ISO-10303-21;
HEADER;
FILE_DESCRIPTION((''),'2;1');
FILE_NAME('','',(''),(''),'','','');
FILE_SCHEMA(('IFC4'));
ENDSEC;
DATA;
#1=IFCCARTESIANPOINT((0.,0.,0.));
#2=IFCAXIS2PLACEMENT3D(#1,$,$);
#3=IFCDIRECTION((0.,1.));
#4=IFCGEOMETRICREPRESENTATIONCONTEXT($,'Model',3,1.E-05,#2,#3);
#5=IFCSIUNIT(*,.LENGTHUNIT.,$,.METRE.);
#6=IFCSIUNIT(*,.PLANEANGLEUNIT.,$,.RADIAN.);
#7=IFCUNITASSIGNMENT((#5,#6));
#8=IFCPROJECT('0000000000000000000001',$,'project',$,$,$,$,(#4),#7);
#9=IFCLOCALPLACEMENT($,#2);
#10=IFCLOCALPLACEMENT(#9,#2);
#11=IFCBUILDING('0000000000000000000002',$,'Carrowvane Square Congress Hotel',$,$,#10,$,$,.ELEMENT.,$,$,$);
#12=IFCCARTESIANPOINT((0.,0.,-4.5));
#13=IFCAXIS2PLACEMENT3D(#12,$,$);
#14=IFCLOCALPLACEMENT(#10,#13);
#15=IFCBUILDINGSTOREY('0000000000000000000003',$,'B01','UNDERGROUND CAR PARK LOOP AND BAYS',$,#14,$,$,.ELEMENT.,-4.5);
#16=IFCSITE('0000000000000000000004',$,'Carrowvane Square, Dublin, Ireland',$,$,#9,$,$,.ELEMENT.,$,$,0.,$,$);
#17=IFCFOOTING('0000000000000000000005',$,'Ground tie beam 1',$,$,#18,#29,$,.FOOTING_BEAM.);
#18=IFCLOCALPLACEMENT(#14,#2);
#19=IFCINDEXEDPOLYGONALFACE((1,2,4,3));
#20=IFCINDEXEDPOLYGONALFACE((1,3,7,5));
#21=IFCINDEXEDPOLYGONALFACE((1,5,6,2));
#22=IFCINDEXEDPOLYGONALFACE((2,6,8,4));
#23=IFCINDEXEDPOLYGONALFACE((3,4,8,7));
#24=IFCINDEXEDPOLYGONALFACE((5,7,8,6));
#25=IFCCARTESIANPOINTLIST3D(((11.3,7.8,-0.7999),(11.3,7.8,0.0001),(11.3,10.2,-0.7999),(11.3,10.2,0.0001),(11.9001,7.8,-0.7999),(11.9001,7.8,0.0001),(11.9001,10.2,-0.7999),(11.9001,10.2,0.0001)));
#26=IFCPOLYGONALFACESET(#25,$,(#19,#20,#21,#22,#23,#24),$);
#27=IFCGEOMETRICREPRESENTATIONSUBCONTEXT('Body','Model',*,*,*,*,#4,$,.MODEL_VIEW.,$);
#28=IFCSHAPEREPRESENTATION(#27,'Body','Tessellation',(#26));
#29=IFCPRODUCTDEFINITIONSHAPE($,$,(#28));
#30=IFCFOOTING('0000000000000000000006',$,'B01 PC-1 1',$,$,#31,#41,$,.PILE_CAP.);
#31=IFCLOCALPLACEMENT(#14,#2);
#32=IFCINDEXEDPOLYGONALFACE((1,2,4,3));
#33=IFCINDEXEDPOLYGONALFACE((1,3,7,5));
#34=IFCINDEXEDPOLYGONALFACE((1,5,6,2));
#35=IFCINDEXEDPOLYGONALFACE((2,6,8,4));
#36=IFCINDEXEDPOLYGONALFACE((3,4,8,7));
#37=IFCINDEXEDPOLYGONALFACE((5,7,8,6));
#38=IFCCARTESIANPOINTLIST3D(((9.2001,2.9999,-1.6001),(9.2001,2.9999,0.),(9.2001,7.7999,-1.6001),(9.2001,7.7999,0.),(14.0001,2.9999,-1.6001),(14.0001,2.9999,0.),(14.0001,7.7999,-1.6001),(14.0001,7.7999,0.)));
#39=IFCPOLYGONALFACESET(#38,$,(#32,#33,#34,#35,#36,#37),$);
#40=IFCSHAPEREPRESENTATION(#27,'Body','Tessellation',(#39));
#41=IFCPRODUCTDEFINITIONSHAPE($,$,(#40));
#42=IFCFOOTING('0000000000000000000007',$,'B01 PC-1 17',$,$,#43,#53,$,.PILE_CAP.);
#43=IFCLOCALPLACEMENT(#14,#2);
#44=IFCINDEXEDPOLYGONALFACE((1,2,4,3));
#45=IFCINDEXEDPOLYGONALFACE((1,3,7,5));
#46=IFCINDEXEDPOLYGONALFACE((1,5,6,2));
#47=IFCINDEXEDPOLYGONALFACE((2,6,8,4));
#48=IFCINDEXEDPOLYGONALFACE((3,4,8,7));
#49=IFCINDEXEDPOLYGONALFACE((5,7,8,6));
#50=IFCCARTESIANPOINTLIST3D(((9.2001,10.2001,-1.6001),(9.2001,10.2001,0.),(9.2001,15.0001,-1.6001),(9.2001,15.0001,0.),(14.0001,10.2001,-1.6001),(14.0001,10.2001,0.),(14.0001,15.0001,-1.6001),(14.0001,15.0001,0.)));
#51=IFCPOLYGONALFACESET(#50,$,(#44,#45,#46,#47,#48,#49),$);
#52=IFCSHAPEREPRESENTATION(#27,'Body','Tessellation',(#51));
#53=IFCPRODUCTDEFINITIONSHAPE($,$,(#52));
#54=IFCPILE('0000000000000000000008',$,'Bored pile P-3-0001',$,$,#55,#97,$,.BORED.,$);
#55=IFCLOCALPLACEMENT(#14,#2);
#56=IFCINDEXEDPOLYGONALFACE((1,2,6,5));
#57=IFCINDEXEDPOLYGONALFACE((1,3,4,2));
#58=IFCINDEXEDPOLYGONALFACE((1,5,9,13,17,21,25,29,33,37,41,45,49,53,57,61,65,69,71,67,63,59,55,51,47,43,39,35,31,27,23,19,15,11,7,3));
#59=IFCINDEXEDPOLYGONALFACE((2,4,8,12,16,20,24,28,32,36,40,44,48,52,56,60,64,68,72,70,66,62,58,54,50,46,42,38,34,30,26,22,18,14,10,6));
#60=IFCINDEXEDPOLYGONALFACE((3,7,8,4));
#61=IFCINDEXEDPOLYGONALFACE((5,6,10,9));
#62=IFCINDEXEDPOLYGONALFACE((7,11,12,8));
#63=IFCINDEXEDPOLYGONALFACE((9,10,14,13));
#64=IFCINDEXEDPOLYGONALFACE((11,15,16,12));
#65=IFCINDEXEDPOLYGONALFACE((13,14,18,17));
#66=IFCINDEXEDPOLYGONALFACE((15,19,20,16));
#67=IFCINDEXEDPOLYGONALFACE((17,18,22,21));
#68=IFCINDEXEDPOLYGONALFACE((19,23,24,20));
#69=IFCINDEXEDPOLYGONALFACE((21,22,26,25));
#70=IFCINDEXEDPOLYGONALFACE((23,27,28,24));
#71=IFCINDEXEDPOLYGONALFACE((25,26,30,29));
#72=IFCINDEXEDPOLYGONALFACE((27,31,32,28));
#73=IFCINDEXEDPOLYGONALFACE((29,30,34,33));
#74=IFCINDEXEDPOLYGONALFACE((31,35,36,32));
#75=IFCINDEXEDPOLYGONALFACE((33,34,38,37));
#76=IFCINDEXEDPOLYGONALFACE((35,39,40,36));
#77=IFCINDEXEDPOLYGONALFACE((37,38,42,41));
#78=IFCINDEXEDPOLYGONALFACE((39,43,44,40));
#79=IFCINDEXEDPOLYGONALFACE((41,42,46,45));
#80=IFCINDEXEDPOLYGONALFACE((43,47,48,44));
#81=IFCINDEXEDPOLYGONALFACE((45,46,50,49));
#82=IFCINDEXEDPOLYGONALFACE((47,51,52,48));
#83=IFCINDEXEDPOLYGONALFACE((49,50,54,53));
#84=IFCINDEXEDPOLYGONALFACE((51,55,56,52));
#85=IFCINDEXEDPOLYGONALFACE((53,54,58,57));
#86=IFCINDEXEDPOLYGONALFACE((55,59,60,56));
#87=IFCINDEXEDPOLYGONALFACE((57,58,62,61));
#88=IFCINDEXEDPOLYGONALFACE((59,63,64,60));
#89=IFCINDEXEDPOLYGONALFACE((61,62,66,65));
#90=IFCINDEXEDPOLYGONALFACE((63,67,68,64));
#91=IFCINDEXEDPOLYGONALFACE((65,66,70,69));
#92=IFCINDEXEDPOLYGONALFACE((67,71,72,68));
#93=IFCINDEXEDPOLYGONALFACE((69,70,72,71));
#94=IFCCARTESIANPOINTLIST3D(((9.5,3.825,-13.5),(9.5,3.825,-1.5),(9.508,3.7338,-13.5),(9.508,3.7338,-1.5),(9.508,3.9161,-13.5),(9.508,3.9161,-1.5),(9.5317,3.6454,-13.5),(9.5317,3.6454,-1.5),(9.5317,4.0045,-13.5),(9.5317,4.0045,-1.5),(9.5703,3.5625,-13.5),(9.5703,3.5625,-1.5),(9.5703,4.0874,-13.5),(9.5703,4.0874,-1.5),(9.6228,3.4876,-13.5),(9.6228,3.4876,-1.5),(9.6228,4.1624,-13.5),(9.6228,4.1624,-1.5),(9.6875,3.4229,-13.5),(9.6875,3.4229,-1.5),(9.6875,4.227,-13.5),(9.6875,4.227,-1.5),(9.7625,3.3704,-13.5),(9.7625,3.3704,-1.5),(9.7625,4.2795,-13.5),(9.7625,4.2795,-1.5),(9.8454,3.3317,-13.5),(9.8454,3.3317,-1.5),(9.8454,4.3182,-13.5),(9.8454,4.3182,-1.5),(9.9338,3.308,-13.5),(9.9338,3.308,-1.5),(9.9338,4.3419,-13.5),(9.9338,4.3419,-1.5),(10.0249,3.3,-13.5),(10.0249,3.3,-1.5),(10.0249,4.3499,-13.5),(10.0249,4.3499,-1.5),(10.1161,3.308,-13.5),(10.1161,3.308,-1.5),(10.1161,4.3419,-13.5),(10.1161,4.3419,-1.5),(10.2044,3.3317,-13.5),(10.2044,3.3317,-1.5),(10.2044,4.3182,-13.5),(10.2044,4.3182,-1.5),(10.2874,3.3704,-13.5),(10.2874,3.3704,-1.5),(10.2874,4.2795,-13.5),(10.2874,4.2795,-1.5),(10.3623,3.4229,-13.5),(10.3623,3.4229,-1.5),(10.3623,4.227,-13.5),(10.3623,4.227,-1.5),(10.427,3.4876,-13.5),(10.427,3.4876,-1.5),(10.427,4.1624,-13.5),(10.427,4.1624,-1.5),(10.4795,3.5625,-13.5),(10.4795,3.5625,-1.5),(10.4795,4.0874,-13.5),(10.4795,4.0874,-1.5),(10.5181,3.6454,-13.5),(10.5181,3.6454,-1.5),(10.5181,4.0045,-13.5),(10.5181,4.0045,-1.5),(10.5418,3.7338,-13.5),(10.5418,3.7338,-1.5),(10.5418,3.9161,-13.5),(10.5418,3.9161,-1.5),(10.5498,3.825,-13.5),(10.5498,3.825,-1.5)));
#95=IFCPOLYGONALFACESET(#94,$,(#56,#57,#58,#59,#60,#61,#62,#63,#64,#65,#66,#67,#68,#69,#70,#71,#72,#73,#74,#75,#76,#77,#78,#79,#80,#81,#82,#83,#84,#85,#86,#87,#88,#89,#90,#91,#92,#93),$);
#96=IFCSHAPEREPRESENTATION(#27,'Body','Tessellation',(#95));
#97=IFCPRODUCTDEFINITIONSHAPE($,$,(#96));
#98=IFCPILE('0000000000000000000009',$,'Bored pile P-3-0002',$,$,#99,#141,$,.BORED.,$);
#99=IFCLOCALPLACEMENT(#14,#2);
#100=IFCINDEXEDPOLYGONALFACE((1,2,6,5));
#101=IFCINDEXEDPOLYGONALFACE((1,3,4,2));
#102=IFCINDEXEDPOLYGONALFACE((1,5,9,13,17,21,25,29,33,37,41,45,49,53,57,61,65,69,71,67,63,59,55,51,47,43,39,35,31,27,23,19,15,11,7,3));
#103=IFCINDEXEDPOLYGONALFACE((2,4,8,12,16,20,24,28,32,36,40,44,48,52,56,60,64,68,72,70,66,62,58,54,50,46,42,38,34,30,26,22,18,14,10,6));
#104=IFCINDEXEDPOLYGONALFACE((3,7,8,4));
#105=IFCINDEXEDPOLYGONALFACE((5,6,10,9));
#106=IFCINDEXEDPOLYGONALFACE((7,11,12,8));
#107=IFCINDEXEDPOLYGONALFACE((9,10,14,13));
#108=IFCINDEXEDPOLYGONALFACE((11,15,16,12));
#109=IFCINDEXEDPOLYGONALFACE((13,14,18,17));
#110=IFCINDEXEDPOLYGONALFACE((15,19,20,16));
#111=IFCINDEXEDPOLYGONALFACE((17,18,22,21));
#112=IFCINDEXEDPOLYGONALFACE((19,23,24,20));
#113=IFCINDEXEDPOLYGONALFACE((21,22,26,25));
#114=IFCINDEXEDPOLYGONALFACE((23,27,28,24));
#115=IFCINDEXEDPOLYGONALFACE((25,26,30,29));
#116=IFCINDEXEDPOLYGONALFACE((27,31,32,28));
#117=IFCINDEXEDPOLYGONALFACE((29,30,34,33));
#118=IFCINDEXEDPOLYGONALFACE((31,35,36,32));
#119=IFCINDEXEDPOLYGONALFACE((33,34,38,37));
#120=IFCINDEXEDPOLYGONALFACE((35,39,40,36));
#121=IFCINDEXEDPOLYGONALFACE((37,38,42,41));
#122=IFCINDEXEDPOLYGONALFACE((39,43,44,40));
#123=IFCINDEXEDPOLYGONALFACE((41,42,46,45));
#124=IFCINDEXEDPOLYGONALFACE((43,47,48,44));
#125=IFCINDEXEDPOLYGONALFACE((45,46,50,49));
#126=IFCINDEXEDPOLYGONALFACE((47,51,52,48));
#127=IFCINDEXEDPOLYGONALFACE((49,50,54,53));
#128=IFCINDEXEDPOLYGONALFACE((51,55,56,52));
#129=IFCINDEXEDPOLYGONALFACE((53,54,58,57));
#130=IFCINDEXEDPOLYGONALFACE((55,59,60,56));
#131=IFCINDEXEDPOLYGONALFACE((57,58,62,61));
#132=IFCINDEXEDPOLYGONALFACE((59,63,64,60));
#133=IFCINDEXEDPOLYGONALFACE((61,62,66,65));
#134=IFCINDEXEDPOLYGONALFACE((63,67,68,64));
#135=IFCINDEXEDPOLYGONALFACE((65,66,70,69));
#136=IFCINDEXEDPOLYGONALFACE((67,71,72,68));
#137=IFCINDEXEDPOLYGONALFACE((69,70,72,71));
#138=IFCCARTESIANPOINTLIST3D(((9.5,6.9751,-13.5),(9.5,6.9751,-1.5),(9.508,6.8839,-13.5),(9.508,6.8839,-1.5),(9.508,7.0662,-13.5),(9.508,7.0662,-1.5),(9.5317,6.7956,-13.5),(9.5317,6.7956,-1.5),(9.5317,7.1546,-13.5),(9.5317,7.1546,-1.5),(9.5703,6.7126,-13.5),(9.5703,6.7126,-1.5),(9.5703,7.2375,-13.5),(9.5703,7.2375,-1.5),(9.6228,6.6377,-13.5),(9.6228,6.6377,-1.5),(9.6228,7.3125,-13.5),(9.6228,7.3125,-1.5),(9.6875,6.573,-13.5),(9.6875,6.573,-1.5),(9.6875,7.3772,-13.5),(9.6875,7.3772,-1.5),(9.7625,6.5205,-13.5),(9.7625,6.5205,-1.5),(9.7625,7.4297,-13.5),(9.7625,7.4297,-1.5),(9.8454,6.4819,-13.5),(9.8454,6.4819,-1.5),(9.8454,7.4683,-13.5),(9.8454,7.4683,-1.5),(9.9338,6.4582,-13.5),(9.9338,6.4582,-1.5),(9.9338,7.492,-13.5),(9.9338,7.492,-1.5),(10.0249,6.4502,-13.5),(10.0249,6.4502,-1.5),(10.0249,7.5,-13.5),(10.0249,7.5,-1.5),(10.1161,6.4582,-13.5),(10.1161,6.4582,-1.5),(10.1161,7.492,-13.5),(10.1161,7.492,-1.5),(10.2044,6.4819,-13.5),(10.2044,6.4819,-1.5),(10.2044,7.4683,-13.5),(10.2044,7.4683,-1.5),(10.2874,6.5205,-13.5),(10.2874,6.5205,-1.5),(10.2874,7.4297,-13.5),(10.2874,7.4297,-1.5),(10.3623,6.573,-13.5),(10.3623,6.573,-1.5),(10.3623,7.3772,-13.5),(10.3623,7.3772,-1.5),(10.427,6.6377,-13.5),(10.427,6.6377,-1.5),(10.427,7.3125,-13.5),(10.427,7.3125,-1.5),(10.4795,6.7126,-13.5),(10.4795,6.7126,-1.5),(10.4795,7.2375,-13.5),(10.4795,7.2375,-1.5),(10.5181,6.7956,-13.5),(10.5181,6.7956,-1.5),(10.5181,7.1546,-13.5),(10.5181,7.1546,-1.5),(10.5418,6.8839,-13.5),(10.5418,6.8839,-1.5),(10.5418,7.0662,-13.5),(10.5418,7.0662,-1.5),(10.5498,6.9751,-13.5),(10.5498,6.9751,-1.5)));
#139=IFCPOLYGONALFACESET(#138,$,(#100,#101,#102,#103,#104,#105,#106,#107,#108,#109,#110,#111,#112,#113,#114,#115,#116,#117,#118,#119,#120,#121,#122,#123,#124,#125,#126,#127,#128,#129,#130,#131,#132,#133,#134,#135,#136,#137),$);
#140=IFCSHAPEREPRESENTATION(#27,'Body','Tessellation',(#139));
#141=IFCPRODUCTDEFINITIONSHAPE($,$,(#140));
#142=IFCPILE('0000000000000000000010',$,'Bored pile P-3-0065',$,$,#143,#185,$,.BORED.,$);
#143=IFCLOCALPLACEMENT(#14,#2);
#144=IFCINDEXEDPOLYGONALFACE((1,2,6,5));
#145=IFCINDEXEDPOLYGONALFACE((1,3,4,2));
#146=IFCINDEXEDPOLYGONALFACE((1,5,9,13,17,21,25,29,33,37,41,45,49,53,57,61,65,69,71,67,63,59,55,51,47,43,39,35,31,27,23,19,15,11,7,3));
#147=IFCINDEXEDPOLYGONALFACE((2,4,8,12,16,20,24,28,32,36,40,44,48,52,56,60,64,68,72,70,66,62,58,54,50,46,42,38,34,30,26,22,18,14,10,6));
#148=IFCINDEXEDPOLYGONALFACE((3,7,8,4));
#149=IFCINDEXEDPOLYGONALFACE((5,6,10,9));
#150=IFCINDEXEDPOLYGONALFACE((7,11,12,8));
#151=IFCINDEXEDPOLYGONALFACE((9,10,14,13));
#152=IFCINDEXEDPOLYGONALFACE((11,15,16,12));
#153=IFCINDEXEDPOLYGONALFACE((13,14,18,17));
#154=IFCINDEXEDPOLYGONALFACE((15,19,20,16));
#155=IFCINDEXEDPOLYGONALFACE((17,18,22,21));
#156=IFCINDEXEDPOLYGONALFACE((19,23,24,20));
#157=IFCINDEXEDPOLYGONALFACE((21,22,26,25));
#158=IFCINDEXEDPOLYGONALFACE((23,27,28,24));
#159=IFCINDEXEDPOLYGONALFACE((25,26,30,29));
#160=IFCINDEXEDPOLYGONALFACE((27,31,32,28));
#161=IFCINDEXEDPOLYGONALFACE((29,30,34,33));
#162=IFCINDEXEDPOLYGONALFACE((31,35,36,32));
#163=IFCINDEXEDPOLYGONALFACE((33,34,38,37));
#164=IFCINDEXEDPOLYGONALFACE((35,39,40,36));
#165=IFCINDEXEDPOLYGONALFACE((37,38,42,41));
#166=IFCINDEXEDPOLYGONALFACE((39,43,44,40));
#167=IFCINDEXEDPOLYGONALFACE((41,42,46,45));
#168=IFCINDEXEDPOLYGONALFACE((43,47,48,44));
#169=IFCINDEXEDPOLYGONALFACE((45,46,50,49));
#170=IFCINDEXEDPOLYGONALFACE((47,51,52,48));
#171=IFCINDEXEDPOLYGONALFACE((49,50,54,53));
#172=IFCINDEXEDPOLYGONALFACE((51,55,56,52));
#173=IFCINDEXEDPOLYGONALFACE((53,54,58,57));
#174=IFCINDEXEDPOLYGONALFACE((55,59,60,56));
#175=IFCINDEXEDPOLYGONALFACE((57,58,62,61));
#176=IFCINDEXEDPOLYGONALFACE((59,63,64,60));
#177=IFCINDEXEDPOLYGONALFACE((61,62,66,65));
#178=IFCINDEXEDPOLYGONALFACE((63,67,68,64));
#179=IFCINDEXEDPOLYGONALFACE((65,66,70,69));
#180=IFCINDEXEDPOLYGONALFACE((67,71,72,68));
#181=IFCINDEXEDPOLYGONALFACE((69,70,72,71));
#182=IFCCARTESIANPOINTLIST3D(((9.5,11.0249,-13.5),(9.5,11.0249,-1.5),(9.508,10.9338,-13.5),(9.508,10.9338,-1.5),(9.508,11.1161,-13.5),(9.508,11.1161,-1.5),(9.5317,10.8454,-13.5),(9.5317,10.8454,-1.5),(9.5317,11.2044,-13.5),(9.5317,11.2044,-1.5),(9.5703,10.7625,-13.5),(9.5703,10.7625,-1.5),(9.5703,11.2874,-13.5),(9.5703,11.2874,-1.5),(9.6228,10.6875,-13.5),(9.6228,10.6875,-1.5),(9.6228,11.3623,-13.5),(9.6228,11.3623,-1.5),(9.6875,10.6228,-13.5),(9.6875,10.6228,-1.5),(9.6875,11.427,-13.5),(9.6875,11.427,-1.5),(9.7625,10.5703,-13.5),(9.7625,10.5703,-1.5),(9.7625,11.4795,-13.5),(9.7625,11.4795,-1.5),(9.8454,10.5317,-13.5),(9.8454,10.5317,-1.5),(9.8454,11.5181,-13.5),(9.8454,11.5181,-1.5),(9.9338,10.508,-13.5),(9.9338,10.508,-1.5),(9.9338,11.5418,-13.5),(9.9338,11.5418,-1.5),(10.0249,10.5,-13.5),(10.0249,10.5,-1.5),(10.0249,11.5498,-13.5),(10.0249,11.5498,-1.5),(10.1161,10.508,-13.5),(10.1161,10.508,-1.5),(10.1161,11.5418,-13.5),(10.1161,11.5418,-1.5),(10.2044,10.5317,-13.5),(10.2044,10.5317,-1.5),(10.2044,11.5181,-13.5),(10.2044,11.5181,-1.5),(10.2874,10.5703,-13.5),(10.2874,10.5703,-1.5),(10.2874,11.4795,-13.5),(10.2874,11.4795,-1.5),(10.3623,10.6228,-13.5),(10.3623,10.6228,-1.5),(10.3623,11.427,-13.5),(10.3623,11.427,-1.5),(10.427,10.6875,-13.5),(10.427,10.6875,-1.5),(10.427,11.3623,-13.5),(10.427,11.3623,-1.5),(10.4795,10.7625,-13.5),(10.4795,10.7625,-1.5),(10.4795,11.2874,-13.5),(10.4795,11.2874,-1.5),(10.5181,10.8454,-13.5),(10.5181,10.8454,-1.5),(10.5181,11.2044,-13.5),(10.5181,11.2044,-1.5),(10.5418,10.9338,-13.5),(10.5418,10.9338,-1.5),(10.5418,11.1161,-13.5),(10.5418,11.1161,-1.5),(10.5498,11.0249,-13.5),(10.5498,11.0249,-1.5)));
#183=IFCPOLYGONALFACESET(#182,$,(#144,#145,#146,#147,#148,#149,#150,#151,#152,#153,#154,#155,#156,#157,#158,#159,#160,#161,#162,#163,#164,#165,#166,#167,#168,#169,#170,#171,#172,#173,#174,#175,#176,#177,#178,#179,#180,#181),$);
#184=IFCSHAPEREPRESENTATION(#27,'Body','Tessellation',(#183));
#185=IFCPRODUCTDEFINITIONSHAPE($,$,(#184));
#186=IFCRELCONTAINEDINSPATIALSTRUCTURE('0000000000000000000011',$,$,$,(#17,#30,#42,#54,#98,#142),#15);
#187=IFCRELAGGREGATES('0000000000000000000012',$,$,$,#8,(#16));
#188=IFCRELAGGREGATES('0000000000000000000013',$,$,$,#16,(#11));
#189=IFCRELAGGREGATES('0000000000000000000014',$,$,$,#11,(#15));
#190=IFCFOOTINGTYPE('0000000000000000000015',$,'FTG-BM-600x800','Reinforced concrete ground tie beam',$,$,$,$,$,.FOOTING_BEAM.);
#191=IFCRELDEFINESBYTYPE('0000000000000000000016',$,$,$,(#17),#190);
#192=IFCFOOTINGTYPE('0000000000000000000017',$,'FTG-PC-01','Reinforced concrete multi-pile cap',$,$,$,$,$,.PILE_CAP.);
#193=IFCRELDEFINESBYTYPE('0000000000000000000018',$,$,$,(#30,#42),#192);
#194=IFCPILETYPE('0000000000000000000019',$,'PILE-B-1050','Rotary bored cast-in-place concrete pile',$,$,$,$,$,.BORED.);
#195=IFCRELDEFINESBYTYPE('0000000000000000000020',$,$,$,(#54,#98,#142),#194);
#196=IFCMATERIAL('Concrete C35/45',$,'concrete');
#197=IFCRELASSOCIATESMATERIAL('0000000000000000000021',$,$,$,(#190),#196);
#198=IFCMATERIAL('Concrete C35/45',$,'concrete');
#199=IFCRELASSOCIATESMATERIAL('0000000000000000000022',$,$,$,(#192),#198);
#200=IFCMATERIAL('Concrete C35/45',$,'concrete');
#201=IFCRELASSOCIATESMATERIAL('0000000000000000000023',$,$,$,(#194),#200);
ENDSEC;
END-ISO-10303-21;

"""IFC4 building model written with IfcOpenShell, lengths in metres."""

from ifc_helpers import new_model, si_unit, direction, frame, origin, origin_2d, place, context, subcontext, project, spatial, rectangle, circle, extrude, material, material_profile, profile_set, type_object, element, save


model = new_model("IFC4")

# Units and contexts
model_context = context("Model", 3, precision=1e-05, world=origin(), true_north=direction((0.0, 1.0)))
body_context = subcontext(model_context, "Body", "Model", "MODEL_VIEW")
ifc_project = project(units=[si_unit("LENGTHUNIT", "METRE"), si_unit("PLANEANGLEUNIT", "RADIAN")], contexts=[model_context])

# Site, building, storey
site_placement = place(None, origin())
site = spatial("IfcSite", under=ifc_project, at=site_placement, Name="Carrowvane Square, Dublin, Ireland", CompositionType="ELEMENT", RefElevation=0.0)
building_placement = place(site_placement, origin())
building = spatial("IfcBuilding", under=site, at=building_placement, Name="Carrowvane Square Congress Hotel", CompositionType="ELEMENT")
storey_placement = place(building_placement, frame((0.0, 0.0, -4.5)))
storey = spatial("IfcBuildingStorey", under=building, at=storey_placement, Name="B01", Description="UNDERGROUND CAR PARK LOOP AND BAYS", CompositionType="ELEMENT", Elevation=-4.5)

# Footings
ifc_material_1 = material(Name="Concrete C35/45", Category="concrete")
ifc_material_profile_1 = material_profile(ifc_material_1, rectangle(XDim=0.6001, YDim=0.8, at=origin_2d()), Name="RC 600x800")
ifc_profile_set_1 = profile_set([ifc_material_profile_1], Name="Concrete C35/45")
footing_type_1 = type_object("IfcFootingType", Name="FTG-BM-600x800", Description="Reinforced concrete ground tie beam", PredefinedType="FOOTING_BEAM", material=ifc_profile_set_1)
footing_placement = place(storey_placement, frame((11.6001, 7.8, -0.3999), z_axis=(0.0, 1.0, 0.0), x_axis=(-1.0, 0.0, 0.0)))
element("IfcFooting", 1, at=footing_placement, inside=storey, type_object=footing_type_1, Name="Ground tie beam 1", PredefinedType="FOOTING_BEAM", context=body_context, shape_type="SweptSolid", body=[
    extrude(rectangle(XDim=0.6001, YDim=0.8, at=origin_2d()), origin(), (0.0, 0.0, 1.0), 2.3999),
])
ifc_material_2 = material(Name="Concrete C35/45", Category="concrete")
footing_type_2 = type_object("IfcFootingType", Name="FTG-PC-01", Description="Reinforced concrete multi-pile cap", PredefinedType="PILE_CAP", material=ifc_material_2)
for number, where, z_axis, x_axis, name in (
    (2, (11.6001, 5.3999, -1.6001), (0.0, 0.0, 1.0), (1.0, 0.0, 0.0), "B01 PC-1 1"),
    (3, (11.6001, 12.6001, -1.6001), (0.0, 0.0, 1.0), (1.0, 0.0, 0.0), "B01 PC-1 17"),
):
    element("IfcFooting", number, at=place(storey_placement, frame(where, z_axis=z_axis, x_axis=x_axis)), inside=storey, type_object=footing_type_2, Name=name, PredefinedType="PILE_CAP", context=body_context, shape_type="SweptSolid", body=[
        extrude(rectangle(XDim=4.8, YDim=4.8, at=origin_2d()), origin(), (0.0, 0.0, 1.0), 1.6001),
    ])

# Piles
ifc_material_3 = material(Name="Concrete C35/45", Category="concrete")
ifc_material_profile_2 = material_profile(ifc_material_3, circle(Radius=0.5249, at=origin_2d()), Name="PILE D1050")
ifc_profile_set_2 = profile_set([ifc_material_profile_2], Name="Concrete C35/45")
pile_type = type_object("IfcPileType", Name="PILE-B-1050", Description="Rotary bored cast-in-place concrete pile", PredefinedType="BORED", material=ifc_profile_set_2)
for number, where, z_axis, x_axis, name in (
    (4, (10.0249, 3.825, -1.5), (0.0, 0.0, -1.0), (1.0, 0.0, 0.0), "Bored pile P-3-0001"),
    (5, (10.0249, 6.9751, -1.5), (0.0, 0.0, -1.0), (1.0, 0.0, 0.0), "Bored pile P-3-0002"),
    (6, (10.0249, 11.0249, -1.5), (0.0, 0.0, -1.0), (1.0, 0.0, 0.0), "Bored pile P-3-0065"),
):
    element("IfcPile", number, at=place(storey_placement, frame(where, z_axis=z_axis, x_axis=x_axis)), inside=storey, type_object=pile_type, Name=name, PredefinedType="BORED", context=body_context, shape_type="SweptSolid", body=[
        extrude(circle(Radius=0.5249, at=origin_2d()), origin(), (0.0, 0.0, 1.0), 12.0),
    ])

save(model, "model.ifc")
